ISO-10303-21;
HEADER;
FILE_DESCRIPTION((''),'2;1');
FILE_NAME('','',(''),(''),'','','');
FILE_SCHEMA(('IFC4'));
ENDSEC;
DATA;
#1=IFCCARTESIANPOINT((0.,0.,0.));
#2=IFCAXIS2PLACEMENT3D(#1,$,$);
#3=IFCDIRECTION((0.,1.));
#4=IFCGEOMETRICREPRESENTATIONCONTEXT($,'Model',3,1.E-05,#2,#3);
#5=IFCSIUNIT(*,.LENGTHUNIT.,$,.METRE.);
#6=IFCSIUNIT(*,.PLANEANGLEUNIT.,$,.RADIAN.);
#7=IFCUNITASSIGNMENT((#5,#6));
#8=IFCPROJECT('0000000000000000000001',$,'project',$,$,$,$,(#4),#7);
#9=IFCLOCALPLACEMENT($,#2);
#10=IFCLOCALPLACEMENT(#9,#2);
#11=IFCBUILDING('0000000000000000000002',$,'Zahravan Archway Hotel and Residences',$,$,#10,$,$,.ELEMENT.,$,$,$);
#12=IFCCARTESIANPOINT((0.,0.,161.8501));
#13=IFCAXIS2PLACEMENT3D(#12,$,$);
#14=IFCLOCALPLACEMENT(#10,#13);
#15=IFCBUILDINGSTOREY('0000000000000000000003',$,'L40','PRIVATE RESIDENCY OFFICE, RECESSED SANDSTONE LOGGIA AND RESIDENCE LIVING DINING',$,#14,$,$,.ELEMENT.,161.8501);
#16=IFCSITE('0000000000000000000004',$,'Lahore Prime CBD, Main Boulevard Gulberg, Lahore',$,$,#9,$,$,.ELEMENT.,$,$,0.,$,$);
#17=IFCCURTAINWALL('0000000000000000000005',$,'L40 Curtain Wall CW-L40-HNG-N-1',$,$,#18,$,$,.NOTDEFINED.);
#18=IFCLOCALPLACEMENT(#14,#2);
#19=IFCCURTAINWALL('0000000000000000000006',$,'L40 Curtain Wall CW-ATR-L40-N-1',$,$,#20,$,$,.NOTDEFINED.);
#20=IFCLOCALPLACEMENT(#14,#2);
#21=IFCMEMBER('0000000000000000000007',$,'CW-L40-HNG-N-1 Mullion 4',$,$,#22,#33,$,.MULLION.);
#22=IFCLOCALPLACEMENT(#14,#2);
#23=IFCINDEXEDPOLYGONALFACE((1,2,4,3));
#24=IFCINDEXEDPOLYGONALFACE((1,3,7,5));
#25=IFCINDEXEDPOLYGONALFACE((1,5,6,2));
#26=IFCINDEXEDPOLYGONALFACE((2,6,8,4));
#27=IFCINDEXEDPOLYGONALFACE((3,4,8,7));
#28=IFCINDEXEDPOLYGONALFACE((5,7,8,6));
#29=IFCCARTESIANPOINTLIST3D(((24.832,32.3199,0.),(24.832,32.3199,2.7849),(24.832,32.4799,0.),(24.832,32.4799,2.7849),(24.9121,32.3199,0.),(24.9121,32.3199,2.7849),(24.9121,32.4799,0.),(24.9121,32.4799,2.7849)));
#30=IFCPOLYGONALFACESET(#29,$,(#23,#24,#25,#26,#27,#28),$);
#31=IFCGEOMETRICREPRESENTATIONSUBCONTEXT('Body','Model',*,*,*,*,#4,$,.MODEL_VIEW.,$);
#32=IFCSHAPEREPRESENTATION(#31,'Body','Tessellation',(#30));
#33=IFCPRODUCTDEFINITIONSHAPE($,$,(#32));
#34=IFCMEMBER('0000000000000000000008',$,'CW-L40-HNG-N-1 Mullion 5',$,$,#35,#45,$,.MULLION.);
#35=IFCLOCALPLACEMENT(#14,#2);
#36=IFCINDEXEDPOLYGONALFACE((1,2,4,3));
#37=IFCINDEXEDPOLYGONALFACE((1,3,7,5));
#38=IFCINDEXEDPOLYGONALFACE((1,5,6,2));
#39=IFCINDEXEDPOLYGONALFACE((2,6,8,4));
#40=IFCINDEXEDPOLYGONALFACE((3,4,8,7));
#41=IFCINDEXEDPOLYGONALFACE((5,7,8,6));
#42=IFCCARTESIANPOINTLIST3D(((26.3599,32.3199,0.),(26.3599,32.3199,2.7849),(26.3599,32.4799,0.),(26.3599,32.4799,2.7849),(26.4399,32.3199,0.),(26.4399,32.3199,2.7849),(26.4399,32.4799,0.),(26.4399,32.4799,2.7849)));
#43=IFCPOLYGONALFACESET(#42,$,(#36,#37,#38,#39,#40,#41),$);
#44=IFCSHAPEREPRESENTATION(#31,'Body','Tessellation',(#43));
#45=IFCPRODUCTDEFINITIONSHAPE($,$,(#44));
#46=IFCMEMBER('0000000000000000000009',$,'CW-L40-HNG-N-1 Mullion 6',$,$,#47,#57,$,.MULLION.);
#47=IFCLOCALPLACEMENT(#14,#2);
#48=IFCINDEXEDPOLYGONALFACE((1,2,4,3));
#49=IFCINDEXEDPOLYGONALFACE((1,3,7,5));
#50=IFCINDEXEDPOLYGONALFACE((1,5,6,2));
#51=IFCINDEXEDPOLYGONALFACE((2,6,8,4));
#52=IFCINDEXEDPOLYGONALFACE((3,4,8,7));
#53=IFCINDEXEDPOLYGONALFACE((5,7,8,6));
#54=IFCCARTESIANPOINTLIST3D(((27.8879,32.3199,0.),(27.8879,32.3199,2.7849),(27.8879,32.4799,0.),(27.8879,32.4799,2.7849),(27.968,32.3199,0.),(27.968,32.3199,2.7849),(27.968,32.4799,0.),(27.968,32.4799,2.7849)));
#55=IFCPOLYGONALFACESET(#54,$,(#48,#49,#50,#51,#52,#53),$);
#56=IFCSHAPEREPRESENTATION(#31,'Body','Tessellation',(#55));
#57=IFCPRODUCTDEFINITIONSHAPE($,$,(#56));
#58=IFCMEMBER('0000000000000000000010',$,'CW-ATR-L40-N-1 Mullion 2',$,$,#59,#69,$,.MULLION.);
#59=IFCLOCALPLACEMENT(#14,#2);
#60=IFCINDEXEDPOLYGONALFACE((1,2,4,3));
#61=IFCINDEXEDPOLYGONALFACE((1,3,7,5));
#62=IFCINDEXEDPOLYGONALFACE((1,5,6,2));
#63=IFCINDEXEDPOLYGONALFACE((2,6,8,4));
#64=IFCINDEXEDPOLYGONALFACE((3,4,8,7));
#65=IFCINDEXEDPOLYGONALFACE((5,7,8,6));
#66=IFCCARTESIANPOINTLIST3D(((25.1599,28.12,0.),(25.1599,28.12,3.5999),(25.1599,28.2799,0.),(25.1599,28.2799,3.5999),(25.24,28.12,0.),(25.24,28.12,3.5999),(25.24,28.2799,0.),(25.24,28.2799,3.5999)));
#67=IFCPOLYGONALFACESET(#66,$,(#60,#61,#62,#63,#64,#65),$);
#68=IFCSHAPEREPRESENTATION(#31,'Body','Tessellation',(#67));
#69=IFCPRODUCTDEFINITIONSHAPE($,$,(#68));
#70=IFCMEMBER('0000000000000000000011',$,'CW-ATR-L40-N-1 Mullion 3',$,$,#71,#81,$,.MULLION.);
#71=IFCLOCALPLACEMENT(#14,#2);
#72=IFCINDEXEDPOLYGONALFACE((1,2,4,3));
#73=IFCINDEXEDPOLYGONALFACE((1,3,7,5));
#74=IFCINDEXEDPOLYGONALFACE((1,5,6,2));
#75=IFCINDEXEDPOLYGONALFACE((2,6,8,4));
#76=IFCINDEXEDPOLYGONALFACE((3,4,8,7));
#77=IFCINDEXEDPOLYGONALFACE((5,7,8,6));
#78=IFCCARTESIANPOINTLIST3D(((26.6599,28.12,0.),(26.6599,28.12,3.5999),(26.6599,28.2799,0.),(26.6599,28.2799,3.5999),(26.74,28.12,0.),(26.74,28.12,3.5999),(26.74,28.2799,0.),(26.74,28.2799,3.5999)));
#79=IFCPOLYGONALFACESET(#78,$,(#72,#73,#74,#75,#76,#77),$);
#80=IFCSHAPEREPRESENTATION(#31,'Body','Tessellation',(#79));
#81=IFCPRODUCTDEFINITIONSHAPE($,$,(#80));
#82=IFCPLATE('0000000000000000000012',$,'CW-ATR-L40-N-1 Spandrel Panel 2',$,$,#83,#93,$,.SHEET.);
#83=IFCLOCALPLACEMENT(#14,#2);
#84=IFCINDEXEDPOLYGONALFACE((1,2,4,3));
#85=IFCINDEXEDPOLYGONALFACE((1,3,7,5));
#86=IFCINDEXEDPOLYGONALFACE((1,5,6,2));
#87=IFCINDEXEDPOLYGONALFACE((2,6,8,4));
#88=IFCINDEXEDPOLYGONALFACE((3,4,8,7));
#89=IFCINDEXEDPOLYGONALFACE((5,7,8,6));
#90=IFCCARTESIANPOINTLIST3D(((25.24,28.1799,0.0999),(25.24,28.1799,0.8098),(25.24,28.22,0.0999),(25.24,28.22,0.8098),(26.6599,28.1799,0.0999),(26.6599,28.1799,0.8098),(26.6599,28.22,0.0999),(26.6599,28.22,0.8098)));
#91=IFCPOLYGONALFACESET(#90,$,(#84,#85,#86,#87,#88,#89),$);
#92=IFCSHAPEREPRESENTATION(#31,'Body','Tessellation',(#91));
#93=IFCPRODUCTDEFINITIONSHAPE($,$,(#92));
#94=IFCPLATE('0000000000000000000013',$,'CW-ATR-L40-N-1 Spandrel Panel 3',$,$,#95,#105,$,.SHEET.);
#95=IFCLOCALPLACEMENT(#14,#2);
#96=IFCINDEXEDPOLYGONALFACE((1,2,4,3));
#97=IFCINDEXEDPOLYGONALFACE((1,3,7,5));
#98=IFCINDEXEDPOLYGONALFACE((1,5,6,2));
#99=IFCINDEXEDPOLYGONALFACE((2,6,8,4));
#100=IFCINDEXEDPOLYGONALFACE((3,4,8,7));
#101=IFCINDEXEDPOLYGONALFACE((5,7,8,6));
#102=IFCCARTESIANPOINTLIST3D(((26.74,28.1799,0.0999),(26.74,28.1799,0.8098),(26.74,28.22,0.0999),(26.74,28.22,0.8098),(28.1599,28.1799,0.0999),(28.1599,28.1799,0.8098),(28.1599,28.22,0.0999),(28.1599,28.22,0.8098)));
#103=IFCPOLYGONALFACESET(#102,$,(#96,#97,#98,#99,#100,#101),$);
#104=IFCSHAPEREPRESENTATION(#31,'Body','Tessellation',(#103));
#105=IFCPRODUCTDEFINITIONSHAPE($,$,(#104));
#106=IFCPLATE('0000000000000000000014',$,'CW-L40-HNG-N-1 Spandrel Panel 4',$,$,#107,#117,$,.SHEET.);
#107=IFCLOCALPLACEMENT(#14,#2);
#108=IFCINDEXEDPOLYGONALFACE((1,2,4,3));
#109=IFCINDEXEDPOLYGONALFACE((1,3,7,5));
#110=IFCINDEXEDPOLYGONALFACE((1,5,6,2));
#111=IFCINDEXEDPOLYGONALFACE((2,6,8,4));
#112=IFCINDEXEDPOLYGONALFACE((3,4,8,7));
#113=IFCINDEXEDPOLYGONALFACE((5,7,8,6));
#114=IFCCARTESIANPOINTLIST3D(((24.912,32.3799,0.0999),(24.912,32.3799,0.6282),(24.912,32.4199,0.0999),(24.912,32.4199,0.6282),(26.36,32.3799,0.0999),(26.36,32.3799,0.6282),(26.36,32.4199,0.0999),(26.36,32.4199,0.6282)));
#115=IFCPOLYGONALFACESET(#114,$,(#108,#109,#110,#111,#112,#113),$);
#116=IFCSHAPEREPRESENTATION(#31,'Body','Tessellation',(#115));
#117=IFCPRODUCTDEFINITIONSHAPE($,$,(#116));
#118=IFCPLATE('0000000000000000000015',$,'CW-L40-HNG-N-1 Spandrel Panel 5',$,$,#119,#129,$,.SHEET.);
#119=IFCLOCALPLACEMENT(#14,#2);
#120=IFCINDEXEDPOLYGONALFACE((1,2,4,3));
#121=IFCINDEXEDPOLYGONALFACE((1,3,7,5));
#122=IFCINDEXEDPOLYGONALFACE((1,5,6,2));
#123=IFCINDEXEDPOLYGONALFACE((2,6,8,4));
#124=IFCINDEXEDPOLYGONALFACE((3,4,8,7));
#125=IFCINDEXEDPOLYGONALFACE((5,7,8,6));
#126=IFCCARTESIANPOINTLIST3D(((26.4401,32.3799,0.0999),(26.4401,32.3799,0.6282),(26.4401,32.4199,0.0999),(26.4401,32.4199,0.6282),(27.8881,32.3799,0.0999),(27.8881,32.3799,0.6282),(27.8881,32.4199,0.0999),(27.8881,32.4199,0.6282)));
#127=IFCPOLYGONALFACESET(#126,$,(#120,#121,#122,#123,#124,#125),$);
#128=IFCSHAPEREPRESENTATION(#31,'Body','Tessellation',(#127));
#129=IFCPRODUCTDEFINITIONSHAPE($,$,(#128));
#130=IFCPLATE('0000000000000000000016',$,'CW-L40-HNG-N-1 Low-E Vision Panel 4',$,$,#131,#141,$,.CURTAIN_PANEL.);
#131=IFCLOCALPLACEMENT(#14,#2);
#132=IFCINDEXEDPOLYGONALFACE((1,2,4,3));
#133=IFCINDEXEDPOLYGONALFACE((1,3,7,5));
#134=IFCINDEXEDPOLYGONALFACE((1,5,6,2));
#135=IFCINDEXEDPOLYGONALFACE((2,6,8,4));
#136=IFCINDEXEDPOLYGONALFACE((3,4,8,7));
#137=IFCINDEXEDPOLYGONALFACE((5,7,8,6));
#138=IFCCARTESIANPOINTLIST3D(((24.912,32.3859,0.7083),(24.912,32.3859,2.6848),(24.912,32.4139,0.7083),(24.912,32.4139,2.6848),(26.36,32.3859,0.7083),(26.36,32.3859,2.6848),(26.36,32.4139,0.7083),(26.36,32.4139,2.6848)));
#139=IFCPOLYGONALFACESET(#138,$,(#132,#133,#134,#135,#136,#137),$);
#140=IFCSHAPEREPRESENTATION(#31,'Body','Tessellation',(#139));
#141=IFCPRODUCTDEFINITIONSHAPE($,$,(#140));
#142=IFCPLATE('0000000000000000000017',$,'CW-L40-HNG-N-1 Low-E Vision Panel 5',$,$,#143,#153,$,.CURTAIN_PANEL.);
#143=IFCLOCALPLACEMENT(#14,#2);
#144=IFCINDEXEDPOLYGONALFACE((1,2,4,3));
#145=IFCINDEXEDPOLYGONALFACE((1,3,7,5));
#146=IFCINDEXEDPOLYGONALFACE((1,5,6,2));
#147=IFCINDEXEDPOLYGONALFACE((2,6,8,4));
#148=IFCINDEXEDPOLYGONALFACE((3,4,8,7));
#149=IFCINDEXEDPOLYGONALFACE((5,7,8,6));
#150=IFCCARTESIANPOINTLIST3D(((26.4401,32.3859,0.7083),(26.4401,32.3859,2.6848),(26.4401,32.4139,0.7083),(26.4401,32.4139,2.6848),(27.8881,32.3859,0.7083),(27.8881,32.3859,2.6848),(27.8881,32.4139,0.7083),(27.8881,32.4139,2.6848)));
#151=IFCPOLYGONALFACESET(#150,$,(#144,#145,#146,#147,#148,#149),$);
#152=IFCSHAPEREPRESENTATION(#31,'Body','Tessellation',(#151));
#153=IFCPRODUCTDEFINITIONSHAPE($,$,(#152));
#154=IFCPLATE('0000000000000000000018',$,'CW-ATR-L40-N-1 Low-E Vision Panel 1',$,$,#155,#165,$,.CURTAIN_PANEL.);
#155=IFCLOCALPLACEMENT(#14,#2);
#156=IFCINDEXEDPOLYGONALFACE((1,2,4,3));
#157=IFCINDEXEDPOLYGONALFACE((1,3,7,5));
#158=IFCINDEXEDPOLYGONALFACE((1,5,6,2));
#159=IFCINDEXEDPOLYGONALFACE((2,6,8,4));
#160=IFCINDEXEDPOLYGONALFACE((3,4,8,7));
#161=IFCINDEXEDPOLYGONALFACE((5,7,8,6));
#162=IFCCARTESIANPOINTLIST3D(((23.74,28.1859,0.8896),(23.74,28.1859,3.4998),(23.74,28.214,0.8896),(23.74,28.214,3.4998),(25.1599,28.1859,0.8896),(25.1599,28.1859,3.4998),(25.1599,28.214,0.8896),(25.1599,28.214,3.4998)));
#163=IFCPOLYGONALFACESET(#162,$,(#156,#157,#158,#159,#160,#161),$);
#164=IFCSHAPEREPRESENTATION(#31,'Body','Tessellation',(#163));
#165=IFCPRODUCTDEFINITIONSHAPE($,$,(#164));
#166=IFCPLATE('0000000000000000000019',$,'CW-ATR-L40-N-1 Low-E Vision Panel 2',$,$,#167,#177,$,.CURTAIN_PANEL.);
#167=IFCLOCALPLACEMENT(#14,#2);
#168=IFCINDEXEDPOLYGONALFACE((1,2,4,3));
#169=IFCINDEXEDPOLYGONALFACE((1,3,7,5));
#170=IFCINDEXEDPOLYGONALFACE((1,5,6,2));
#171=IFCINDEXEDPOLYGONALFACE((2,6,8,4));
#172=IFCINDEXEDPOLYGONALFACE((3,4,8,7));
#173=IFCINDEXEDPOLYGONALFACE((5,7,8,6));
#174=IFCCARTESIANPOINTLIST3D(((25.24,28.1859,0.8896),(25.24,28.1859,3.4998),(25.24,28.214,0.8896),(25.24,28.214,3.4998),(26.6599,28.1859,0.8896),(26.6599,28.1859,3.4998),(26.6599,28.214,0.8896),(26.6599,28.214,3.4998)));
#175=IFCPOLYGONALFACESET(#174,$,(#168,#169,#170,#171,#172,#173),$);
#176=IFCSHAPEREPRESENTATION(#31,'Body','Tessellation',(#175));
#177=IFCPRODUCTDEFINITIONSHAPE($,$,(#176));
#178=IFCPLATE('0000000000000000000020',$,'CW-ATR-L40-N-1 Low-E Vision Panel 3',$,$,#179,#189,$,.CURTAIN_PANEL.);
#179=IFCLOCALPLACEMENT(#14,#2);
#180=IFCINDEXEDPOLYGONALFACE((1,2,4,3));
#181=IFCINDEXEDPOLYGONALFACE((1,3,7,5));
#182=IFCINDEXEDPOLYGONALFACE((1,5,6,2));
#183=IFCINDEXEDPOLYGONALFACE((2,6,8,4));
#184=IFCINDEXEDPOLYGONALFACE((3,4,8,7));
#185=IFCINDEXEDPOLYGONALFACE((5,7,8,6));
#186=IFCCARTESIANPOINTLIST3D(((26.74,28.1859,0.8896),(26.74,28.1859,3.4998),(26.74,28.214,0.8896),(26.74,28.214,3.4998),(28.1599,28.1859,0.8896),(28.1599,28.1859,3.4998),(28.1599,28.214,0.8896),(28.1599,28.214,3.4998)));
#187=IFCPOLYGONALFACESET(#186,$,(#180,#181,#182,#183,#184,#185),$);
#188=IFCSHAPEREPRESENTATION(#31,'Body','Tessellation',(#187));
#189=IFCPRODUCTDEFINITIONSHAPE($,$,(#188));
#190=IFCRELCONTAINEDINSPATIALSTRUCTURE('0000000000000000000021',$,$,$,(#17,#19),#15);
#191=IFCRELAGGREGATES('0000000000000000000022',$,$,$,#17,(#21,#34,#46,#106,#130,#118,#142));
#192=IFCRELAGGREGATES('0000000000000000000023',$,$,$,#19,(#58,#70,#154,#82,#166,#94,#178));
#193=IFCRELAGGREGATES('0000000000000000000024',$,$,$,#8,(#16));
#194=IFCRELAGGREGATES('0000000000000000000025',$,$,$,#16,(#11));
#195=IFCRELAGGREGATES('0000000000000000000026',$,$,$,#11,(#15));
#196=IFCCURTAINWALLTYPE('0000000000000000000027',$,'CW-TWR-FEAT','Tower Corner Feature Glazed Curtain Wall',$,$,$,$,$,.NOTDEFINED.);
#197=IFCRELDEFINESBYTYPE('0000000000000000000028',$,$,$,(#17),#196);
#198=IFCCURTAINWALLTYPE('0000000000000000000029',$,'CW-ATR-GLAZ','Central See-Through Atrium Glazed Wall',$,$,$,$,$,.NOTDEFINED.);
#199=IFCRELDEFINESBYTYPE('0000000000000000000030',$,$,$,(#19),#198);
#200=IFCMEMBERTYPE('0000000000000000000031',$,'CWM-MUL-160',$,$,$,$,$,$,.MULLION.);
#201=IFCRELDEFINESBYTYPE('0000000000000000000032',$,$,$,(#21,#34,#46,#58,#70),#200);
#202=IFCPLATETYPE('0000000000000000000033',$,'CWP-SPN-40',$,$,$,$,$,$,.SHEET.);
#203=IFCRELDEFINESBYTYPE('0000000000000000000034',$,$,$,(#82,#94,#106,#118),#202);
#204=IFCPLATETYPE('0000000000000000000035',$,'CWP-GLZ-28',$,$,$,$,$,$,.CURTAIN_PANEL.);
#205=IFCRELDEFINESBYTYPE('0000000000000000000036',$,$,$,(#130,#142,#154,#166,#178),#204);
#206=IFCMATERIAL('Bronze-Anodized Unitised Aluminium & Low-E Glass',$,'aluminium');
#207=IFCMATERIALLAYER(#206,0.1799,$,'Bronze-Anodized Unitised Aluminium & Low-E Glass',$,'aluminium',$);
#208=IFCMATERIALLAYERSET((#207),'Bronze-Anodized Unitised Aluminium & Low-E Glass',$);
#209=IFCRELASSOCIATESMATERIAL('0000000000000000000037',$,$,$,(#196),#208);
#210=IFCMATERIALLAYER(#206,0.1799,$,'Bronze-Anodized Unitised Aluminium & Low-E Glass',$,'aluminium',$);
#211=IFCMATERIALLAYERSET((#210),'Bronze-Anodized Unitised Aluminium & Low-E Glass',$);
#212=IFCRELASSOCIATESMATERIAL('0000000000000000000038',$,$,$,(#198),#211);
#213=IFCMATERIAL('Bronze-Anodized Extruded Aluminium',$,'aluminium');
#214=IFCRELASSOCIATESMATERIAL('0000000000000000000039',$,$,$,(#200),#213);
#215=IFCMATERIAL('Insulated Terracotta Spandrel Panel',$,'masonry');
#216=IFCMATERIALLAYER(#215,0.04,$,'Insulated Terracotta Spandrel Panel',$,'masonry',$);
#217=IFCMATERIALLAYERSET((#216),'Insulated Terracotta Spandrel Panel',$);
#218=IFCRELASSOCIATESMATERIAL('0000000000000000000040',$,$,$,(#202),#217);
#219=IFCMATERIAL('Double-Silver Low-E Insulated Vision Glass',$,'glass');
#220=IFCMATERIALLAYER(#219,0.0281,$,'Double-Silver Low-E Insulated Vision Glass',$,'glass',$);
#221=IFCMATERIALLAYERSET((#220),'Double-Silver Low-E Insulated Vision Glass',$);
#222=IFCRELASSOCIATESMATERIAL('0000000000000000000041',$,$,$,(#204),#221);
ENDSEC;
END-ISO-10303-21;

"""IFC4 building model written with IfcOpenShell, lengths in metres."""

from ifc_helpers import new_model, si_unit, direction, frame, origin, origin_2d, place, context, subcontext, project, spatial, rectangle, extrude, source, transform, mapped, material, layer, layer_set, material_profile, profile_set, type_object, element, aggregate, save


model = new_model("IFC4")

# Units and contexts
model_context = context("Model", 3, precision=1e-05, world=origin(), true_north=direction((0.0, 1.0)))
body_context = subcontext(model_context, "Body", "Model", "MODEL_VIEW")
ifc_project = project(units=[si_unit("LENGTHUNIT", "METRE"), si_unit("PLANEANGLEUNIT", "RADIAN")], contexts=[model_context])

# Site, building, storey
site_placement = place(None, origin())
site = spatial("IfcSite", under=ifc_project, at=site_placement, Name="Lahore Prime CBD, Main Boulevard Gulberg, Lahore", CompositionType="ELEMENT", RefElevation=0.0)
building_placement = place(site_placement, origin())
building = spatial("IfcBuilding", under=site, at=building_placement, Name="Zahravan Archway Hotel and Residences", CompositionType="ELEMENT")
storey_placement = place(building_placement, frame((0.0, 0.0, 161.8501)))
storey = spatial("IfcBuildingStorey", under=building, at=storey_placement, Name="L40", Description="PRIVATE RESIDENCY OFFICE, RECESSED SANDSTONE LOGGIA AND RESIDENCE LIVING DINING", CompositionType="ELEMENT", Elevation=161.8501)

# Curtain walls
ifc_material_1 = material(Name="Bronze-Anodized Unitised Aluminium & Low-E Glass", Category="aluminium")
ifc_layer_1 = layer(ifc_material_1, 0.1799, Name="Bronze-Anodized Unitised Aluminium & Low-E Glass", Category="aluminium")
ifc_layer_set_1 = layer_set([ifc_layer_1], Name="Bronze-Anodized Unitised Aluminium & Low-E Glass")
curtain_wall_type_1 = type_object("IfcCurtainWallType", Name="CW-TWR-FEAT", Description="Tower Corner Feature Glazed Curtain Wall", PredefinedType="NOTDEFINED", material=ifc_layer_set_1)
curtain_wall_1_placement = place(storey_placement, origin())
curtain_wall_1 = element("IfcCurtainWall", 1, at=curtain_wall_1_placement, inside=storey, type_object=curtain_wall_type_1, Name="L40 Curtain Wall CW-L40-HNG-N-1", PredefinedType="NOTDEFINED")
ifc_material_2 = material(Name="Bronze-Anodized Extruded Aluminium", Category="aluminium")
ifc_layer_2 = layer(ifc_material_1, 0.1799, Name="Bronze-Anodized Unitised Aluminium & Low-E Glass", Category="aluminium")
ifc_layer_set_2 = layer_set([ifc_layer_2], Name="Bronze-Anodized Unitised Aluminium & Low-E Glass")
curtain_wall_type_2 = type_object("IfcCurtainWallType", Name="CW-ATR-GLAZ", Description="Central See-Through Atrium Glazed Wall", PredefinedType="NOTDEFINED", material=ifc_layer_set_2)
curtain_wall_2_placement = place(storey_placement, origin())
curtain_wall_2 = element("IfcCurtainWall", 2, at=curtain_wall_2_placement, inside=storey, type_object=curtain_wall_type_2, Name="L40 Curtain Wall CW-ATR-L40-N-1", PredefinedType="NOTDEFINED")

# Members
ifc_material_profile_1 = material_profile(ifc_material_2, rectangle(XDim=0.0801, YDim=0.1599, at=origin_2d()), Name="MUL 80x160", Category="aluminium")
ifc_profile_set_1 = profile_set([ifc_material_profile_1], Name="Bronze-Anodized Extruded Aluminium")
member_type_1 = type_object("IfcMemberType", Name="CWM-MUL-160", PredefinedType="MULLION", material=ifc_profile_set_1)
shared_shape_1 = source(origin(), body_context, "Body", "SweptSolid", [
    extrude(rectangle(XDim=0.0801, YDim=0.1599, at=origin_2d()), origin(), (0.0, 0.0, 1.0), 2.7849),
])
member_1_placement = place(storey_placement, frame((24.8721, 32.3999, 0.0), z_axis=(0.0, 0.0, 1.0), x_axis=(1.0, 0.0, 0.0)))
member_1 = element("IfcMember", 3, at=member_1_placement, type_object=member_type_1, Name="CW-L40-HNG-N-1 Mullion 4", PredefinedType="MULLION", context=body_context, shape_type="MappedRepresentation", body=[
    mapped(shared_shape_1, transform((0.0, 0.0, 0.0), scale=1.0)),
])
member_2_placement = place(storey_placement, frame((26.3999, 32.3999, 0.0), z_axis=(0.0, 0.0, 1.0), x_axis=(1.0, 0.0, 0.0)))
member_2 = element("IfcMember", 4, at=member_2_placement, type_object=member_type_1, Name="CW-L40-HNG-N-1 Mullion 5", PredefinedType="MULLION", context=body_context, shape_type="MappedRepresentation", body=[
    mapped(shared_shape_1, transform((0.0, 0.0, 0.0), scale=1.0)),
])
member_3_placement = place(storey_placement, frame((27.928, 32.3999, 0.0), z_axis=(0.0, 0.0, 1.0), x_axis=(1.0, 0.0, 0.0)))
member_3 = element("IfcMember", 5, at=member_3_placement, type_object=member_type_1, Name="CW-L40-HNG-N-1 Mullion 6", PredefinedType="MULLION", context=body_context, shape_type="MappedRepresentation", body=[
    mapped(shared_shape_1, transform((0.0, 0.0, 0.0), scale=1.0)),
])
shared_shape_2 = source(origin(), body_context, "Body", "SweptSolid", [
    extrude(rectangle(XDim=0.0801, YDim=0.1599, at=origin_2d()), origin(), (0.0, 0.0, 1.0), 3.5999),
])
member_4_placement = place(storey_placement, frame((25.2, 28.2, 0.0), z_axis=(0.0, 0.0, 1.0), x_axis=(1.0, 0.0, 0.0)))
member_4 = element("IfcMember", 6, at=member_4_placement, type_object=member_type_1, Name="CW-ATR-L40-N-1 Mullion 2", PredefinedType="MULLION", context=body_context, shape_type="MappedRepresentation", body=[
    mapped(shared_shape_2, transform((0.0, 0.0, 0.0), scale=1.0)),
])
member_5_placement = place(storey_placement, frame((26.7, 28.2, 0.0), z_axis=(0.0, 0.0, 1.0), x_axis=(1.0, 0.0, 0.0)))
member_5 = element("IfcMember", 7, at=member_5_placement, type_object=member_type_1, Name="CW-ATR-L40-N-1 Mullion 3", PredefinedType="MULLION", context=body_context, shape_type="MappedRepresentation", body=[
    mapped(shared_shape_2, transform((0.0, 0.0, 0.0), scale=1.0)),
])

# Plates
ifc_material_3 = material(Name="Insulated Terracotta Spandrel Panel", Category="masonry")
ifc_layer_3 = layer(ifc_material_3, 0.04, Name="Insulated Terracotta Spandrel Panel", Category="masonry")
ifc_layer_set_3 = layer_set([ifc_layer_3], Name="Insulated Terracotta Spandrel Panel")
plate_type_1 = type_object("IfcPlateType", Name="CWP-SPN-40", PredefinedType="SHEET", material=ifc_layer_set_3)
shared_shape_3 = source(origin(), body_context, "Body", "SweptSolid", [
    extrude(rectangle(XDim=1.4199, YDim=0.04, at=origin_2d()), origin(), (0.0, 0.0, 1.0), 0.71),
])
plate_1_placement = place(storey_placement, frame((25.95, 28.2, 0.0999), z_axis=(0.0, 0.0, 1.0), x_axis=(1.0, 0.0, 0.0)))
plate_1 = element("IfcPlate", 8, at=plate_1_placement, type_object=plate_type_1, Name="CW-ATR-L40-N-1 Spandrel Panel 2", PredefinedType="SHEET", context=body_context, shape_type="MappedRepresentation", body=[
    mapped(shared_shape_3, transform((0.0, 0.0, 0.0), scale=1.0)),
])
plate_2_placement = place(storey_placement, frame((27.45, 28.2, 0.0999), z_axis=(0.0, 0.0, 1.0), x_axis=(1.0, 0.0, 0.0)))
plate_2 = element("IfcPlate", 9, at=plate_2_placement, type_object=plate_type_1, Name="CW-ATR-L40-N-1 Spandrel Panel 3", PredefinedType="SHEET", context=body_context, shape_type="MappedRepresentation", body=[
    mapped(shared_shape_3, transform((0.0, 0.0, 0.0), scale=1.0)),
])
shared_shape_4 = source(origin(), body_context, "Body", "SweptSolid", [
    extrude(rectangle(XDim=1.448, YDim=0.04, at=origin_2d()), origin(), (0.0, 0.0, 1.0), 0.5283),
])
plate_3_placement = place(storey_placement, frame((25.636, 32.3999, 0.0999), z_axis=(0.0, 0.0, 1.0), x_axis=(1.0, 0.0, 0.0)))
plate_3 = element("IfcPlate", 10, at=plate_3_placement, type_object=plate_type_1, Name="CW-L40-HNG-N-1 Spandrel Panel 4", PredefinedType="SHEET", context=body_context, shape_type="MappedRepresentation", body=[
    mapped(shared_shape_4, transform((0.0, 0.0, 0.0), scale=1.0)),
])
plate_4_placement = place(storey_placement, frame((27.1641, 32.3999, 0.0999), z_axis=(0.0, 0.0, 1.0), x_axis=(1.0, 0.0, 0.0)))
plate_4 = element("IfcPlate", 11, at=plate_4_placement, type_object=plate_type_1, Name="CW-L40-HNG-N-1 Spandrel Panel 5", PredefinedType="SHEET", context=body_context, shape_type="MappedRepresentation", body=[
    mapped(shared_shape_4, transform((0.0, 0.0, 0.0), scale=1.0)),
])
ifc_material_4 = material(Name="Double-Silver Low-E Insulated Vision Glass", Category="glass")
ifc_layer_4 = layer(ifc_material_4, 0.0281, Name="Double-Silver Low-E Insulated Vision Glass", Category="glass")
ifc_layer_set_4 = layer_set([ifc_layer_4], Name="Double-Silver Low-E Insulated Vision Glass")
plate_type_2 = type_object("IfcPlateType", Name="CWP-GLZ-28", PredefinedType="CURTAIN_PANEL", material=ifc_layer_set_4)
shared_shape_5 = source(origin(), body_context, "Body", "SweptSolid", [
    extrude(rectangle(XDim=1.448, YDim=0.0281, at=origin_2d()), origin(), (0.0, 0.0, 1.0), 1.9766),
])
plate_5_placement = place(storey_placement, frame((25.636, 32.3999, 0.7083), z_axis=(0.0, 0.0, 1.0), x_axis=(1.0, 0.0, 0.0)))
plate_5 = element("IfcPlate", 12, at=plate_5_placement, type_object=plate_type_2, Name="CW-L40-HNG-N-1 Low-E Vision Panel 4", PredefinedType="CURTAIN_PANEL", context=body_context, shape_type="MappedRepresentation", body=[
    mapped(shared_shape_5, transform((0.0, 0.0, 0.0), scale=1.0)),
])
plate_6_placement = place(storey_placement, frame((27.1641, 32.3999, 0.7083), z_axis=(0.0, 0.0, 1.0), x_axis=(1.0, 0.0, 0.0)))
plate_6 = element("IfcPlate", 13, at=plate_6_placement, type_object=plate_type_2, Name="CW-L40-HNG-N-1 Low-E Vision Panel 5", PredefinedType="CURTAIN_PANEL", context=body_context, shape_type="MappedRepresentation", body=[
    mapped(shared_shape_5, transform((0.0, 0.0, 0.0), scale=1.0)),
])
aggregate(curtain_wall_1, [member_1, member_2, member_3, plate_3, plate_5, plate_4, plate_6])
shared_shape_6 = source(origin(), body_context, "Body", "SweptSolid", [
    extrude(rectangle(XDim=1.4199, YDim=0.0281, at=origin_2d()), origin(), (0.0, 0.0, 1.0), 2.6101),
])
plate_7_placement = place(storey_placement, frame((24.45, 28.2, 0.8896), z_axis=(0.0, 0.0, 1.0), x_axis=(1.0, 0.0, 0.0)))
plate_7 = element("IfcPlate", 14, at=plate_7_placement, type_object=plate_type_2, Name="CW-ATR-L40-N-1 Low-E Vision Panel 1", PredefinedType="CURTAIN_PANEL", context=body_context, shape_type="MappedRepresentation", body=[
    mapped(shared_shape_6, transform((0.0, 0.0, 0.0), scale=1.0)),
])
plate_8_placement = place(storey_placement, frame((25.95, 28.2, 0.8896), z_axis=(0.0, 0.0, 1.0), x_axis=(1.0, 0.0, 0.0)))
plate_8 = element("IfcPlate", 15, at=plate_8_placement, type_object=plate_type_2, Name="CW-ATR-L40-N-1 Low-E Vision Panel 2", PredefinedType="CURTAIN_PANEL", context=body_context, shape_type="MappedRepresentation", body=[
    mapped(shared_shape_6, transform((0.0, 0.0, 0.0), scale=1.0)),
])
plate_9_placement = place(storey_placement, frame((27.45, 28.2, 0.8896), z_axis=(0.0, 0.0, 1.0), x_axis=(1.0, 0.0, 0.0)))
plate_9 = element("IfcPlate", 16, at=plate_9_placement, type_object=plate_type_2, Name="CW-ATR-L40-N-1 Low-E Vision Panel 3", PredefinedType="CURTAIN_PANEL", context=body_context, shape_type="MappedRepresentation", body=[
    mapped(shared_shape_6, transform((0.0, 0.0, 0.0), scale=1.0)),
])
aggregate(curtain_wall_2, [member_4, member_5, plate_7, plate_1, plate_8, plate_2, plate_9])

save(model, "model.ifc")
